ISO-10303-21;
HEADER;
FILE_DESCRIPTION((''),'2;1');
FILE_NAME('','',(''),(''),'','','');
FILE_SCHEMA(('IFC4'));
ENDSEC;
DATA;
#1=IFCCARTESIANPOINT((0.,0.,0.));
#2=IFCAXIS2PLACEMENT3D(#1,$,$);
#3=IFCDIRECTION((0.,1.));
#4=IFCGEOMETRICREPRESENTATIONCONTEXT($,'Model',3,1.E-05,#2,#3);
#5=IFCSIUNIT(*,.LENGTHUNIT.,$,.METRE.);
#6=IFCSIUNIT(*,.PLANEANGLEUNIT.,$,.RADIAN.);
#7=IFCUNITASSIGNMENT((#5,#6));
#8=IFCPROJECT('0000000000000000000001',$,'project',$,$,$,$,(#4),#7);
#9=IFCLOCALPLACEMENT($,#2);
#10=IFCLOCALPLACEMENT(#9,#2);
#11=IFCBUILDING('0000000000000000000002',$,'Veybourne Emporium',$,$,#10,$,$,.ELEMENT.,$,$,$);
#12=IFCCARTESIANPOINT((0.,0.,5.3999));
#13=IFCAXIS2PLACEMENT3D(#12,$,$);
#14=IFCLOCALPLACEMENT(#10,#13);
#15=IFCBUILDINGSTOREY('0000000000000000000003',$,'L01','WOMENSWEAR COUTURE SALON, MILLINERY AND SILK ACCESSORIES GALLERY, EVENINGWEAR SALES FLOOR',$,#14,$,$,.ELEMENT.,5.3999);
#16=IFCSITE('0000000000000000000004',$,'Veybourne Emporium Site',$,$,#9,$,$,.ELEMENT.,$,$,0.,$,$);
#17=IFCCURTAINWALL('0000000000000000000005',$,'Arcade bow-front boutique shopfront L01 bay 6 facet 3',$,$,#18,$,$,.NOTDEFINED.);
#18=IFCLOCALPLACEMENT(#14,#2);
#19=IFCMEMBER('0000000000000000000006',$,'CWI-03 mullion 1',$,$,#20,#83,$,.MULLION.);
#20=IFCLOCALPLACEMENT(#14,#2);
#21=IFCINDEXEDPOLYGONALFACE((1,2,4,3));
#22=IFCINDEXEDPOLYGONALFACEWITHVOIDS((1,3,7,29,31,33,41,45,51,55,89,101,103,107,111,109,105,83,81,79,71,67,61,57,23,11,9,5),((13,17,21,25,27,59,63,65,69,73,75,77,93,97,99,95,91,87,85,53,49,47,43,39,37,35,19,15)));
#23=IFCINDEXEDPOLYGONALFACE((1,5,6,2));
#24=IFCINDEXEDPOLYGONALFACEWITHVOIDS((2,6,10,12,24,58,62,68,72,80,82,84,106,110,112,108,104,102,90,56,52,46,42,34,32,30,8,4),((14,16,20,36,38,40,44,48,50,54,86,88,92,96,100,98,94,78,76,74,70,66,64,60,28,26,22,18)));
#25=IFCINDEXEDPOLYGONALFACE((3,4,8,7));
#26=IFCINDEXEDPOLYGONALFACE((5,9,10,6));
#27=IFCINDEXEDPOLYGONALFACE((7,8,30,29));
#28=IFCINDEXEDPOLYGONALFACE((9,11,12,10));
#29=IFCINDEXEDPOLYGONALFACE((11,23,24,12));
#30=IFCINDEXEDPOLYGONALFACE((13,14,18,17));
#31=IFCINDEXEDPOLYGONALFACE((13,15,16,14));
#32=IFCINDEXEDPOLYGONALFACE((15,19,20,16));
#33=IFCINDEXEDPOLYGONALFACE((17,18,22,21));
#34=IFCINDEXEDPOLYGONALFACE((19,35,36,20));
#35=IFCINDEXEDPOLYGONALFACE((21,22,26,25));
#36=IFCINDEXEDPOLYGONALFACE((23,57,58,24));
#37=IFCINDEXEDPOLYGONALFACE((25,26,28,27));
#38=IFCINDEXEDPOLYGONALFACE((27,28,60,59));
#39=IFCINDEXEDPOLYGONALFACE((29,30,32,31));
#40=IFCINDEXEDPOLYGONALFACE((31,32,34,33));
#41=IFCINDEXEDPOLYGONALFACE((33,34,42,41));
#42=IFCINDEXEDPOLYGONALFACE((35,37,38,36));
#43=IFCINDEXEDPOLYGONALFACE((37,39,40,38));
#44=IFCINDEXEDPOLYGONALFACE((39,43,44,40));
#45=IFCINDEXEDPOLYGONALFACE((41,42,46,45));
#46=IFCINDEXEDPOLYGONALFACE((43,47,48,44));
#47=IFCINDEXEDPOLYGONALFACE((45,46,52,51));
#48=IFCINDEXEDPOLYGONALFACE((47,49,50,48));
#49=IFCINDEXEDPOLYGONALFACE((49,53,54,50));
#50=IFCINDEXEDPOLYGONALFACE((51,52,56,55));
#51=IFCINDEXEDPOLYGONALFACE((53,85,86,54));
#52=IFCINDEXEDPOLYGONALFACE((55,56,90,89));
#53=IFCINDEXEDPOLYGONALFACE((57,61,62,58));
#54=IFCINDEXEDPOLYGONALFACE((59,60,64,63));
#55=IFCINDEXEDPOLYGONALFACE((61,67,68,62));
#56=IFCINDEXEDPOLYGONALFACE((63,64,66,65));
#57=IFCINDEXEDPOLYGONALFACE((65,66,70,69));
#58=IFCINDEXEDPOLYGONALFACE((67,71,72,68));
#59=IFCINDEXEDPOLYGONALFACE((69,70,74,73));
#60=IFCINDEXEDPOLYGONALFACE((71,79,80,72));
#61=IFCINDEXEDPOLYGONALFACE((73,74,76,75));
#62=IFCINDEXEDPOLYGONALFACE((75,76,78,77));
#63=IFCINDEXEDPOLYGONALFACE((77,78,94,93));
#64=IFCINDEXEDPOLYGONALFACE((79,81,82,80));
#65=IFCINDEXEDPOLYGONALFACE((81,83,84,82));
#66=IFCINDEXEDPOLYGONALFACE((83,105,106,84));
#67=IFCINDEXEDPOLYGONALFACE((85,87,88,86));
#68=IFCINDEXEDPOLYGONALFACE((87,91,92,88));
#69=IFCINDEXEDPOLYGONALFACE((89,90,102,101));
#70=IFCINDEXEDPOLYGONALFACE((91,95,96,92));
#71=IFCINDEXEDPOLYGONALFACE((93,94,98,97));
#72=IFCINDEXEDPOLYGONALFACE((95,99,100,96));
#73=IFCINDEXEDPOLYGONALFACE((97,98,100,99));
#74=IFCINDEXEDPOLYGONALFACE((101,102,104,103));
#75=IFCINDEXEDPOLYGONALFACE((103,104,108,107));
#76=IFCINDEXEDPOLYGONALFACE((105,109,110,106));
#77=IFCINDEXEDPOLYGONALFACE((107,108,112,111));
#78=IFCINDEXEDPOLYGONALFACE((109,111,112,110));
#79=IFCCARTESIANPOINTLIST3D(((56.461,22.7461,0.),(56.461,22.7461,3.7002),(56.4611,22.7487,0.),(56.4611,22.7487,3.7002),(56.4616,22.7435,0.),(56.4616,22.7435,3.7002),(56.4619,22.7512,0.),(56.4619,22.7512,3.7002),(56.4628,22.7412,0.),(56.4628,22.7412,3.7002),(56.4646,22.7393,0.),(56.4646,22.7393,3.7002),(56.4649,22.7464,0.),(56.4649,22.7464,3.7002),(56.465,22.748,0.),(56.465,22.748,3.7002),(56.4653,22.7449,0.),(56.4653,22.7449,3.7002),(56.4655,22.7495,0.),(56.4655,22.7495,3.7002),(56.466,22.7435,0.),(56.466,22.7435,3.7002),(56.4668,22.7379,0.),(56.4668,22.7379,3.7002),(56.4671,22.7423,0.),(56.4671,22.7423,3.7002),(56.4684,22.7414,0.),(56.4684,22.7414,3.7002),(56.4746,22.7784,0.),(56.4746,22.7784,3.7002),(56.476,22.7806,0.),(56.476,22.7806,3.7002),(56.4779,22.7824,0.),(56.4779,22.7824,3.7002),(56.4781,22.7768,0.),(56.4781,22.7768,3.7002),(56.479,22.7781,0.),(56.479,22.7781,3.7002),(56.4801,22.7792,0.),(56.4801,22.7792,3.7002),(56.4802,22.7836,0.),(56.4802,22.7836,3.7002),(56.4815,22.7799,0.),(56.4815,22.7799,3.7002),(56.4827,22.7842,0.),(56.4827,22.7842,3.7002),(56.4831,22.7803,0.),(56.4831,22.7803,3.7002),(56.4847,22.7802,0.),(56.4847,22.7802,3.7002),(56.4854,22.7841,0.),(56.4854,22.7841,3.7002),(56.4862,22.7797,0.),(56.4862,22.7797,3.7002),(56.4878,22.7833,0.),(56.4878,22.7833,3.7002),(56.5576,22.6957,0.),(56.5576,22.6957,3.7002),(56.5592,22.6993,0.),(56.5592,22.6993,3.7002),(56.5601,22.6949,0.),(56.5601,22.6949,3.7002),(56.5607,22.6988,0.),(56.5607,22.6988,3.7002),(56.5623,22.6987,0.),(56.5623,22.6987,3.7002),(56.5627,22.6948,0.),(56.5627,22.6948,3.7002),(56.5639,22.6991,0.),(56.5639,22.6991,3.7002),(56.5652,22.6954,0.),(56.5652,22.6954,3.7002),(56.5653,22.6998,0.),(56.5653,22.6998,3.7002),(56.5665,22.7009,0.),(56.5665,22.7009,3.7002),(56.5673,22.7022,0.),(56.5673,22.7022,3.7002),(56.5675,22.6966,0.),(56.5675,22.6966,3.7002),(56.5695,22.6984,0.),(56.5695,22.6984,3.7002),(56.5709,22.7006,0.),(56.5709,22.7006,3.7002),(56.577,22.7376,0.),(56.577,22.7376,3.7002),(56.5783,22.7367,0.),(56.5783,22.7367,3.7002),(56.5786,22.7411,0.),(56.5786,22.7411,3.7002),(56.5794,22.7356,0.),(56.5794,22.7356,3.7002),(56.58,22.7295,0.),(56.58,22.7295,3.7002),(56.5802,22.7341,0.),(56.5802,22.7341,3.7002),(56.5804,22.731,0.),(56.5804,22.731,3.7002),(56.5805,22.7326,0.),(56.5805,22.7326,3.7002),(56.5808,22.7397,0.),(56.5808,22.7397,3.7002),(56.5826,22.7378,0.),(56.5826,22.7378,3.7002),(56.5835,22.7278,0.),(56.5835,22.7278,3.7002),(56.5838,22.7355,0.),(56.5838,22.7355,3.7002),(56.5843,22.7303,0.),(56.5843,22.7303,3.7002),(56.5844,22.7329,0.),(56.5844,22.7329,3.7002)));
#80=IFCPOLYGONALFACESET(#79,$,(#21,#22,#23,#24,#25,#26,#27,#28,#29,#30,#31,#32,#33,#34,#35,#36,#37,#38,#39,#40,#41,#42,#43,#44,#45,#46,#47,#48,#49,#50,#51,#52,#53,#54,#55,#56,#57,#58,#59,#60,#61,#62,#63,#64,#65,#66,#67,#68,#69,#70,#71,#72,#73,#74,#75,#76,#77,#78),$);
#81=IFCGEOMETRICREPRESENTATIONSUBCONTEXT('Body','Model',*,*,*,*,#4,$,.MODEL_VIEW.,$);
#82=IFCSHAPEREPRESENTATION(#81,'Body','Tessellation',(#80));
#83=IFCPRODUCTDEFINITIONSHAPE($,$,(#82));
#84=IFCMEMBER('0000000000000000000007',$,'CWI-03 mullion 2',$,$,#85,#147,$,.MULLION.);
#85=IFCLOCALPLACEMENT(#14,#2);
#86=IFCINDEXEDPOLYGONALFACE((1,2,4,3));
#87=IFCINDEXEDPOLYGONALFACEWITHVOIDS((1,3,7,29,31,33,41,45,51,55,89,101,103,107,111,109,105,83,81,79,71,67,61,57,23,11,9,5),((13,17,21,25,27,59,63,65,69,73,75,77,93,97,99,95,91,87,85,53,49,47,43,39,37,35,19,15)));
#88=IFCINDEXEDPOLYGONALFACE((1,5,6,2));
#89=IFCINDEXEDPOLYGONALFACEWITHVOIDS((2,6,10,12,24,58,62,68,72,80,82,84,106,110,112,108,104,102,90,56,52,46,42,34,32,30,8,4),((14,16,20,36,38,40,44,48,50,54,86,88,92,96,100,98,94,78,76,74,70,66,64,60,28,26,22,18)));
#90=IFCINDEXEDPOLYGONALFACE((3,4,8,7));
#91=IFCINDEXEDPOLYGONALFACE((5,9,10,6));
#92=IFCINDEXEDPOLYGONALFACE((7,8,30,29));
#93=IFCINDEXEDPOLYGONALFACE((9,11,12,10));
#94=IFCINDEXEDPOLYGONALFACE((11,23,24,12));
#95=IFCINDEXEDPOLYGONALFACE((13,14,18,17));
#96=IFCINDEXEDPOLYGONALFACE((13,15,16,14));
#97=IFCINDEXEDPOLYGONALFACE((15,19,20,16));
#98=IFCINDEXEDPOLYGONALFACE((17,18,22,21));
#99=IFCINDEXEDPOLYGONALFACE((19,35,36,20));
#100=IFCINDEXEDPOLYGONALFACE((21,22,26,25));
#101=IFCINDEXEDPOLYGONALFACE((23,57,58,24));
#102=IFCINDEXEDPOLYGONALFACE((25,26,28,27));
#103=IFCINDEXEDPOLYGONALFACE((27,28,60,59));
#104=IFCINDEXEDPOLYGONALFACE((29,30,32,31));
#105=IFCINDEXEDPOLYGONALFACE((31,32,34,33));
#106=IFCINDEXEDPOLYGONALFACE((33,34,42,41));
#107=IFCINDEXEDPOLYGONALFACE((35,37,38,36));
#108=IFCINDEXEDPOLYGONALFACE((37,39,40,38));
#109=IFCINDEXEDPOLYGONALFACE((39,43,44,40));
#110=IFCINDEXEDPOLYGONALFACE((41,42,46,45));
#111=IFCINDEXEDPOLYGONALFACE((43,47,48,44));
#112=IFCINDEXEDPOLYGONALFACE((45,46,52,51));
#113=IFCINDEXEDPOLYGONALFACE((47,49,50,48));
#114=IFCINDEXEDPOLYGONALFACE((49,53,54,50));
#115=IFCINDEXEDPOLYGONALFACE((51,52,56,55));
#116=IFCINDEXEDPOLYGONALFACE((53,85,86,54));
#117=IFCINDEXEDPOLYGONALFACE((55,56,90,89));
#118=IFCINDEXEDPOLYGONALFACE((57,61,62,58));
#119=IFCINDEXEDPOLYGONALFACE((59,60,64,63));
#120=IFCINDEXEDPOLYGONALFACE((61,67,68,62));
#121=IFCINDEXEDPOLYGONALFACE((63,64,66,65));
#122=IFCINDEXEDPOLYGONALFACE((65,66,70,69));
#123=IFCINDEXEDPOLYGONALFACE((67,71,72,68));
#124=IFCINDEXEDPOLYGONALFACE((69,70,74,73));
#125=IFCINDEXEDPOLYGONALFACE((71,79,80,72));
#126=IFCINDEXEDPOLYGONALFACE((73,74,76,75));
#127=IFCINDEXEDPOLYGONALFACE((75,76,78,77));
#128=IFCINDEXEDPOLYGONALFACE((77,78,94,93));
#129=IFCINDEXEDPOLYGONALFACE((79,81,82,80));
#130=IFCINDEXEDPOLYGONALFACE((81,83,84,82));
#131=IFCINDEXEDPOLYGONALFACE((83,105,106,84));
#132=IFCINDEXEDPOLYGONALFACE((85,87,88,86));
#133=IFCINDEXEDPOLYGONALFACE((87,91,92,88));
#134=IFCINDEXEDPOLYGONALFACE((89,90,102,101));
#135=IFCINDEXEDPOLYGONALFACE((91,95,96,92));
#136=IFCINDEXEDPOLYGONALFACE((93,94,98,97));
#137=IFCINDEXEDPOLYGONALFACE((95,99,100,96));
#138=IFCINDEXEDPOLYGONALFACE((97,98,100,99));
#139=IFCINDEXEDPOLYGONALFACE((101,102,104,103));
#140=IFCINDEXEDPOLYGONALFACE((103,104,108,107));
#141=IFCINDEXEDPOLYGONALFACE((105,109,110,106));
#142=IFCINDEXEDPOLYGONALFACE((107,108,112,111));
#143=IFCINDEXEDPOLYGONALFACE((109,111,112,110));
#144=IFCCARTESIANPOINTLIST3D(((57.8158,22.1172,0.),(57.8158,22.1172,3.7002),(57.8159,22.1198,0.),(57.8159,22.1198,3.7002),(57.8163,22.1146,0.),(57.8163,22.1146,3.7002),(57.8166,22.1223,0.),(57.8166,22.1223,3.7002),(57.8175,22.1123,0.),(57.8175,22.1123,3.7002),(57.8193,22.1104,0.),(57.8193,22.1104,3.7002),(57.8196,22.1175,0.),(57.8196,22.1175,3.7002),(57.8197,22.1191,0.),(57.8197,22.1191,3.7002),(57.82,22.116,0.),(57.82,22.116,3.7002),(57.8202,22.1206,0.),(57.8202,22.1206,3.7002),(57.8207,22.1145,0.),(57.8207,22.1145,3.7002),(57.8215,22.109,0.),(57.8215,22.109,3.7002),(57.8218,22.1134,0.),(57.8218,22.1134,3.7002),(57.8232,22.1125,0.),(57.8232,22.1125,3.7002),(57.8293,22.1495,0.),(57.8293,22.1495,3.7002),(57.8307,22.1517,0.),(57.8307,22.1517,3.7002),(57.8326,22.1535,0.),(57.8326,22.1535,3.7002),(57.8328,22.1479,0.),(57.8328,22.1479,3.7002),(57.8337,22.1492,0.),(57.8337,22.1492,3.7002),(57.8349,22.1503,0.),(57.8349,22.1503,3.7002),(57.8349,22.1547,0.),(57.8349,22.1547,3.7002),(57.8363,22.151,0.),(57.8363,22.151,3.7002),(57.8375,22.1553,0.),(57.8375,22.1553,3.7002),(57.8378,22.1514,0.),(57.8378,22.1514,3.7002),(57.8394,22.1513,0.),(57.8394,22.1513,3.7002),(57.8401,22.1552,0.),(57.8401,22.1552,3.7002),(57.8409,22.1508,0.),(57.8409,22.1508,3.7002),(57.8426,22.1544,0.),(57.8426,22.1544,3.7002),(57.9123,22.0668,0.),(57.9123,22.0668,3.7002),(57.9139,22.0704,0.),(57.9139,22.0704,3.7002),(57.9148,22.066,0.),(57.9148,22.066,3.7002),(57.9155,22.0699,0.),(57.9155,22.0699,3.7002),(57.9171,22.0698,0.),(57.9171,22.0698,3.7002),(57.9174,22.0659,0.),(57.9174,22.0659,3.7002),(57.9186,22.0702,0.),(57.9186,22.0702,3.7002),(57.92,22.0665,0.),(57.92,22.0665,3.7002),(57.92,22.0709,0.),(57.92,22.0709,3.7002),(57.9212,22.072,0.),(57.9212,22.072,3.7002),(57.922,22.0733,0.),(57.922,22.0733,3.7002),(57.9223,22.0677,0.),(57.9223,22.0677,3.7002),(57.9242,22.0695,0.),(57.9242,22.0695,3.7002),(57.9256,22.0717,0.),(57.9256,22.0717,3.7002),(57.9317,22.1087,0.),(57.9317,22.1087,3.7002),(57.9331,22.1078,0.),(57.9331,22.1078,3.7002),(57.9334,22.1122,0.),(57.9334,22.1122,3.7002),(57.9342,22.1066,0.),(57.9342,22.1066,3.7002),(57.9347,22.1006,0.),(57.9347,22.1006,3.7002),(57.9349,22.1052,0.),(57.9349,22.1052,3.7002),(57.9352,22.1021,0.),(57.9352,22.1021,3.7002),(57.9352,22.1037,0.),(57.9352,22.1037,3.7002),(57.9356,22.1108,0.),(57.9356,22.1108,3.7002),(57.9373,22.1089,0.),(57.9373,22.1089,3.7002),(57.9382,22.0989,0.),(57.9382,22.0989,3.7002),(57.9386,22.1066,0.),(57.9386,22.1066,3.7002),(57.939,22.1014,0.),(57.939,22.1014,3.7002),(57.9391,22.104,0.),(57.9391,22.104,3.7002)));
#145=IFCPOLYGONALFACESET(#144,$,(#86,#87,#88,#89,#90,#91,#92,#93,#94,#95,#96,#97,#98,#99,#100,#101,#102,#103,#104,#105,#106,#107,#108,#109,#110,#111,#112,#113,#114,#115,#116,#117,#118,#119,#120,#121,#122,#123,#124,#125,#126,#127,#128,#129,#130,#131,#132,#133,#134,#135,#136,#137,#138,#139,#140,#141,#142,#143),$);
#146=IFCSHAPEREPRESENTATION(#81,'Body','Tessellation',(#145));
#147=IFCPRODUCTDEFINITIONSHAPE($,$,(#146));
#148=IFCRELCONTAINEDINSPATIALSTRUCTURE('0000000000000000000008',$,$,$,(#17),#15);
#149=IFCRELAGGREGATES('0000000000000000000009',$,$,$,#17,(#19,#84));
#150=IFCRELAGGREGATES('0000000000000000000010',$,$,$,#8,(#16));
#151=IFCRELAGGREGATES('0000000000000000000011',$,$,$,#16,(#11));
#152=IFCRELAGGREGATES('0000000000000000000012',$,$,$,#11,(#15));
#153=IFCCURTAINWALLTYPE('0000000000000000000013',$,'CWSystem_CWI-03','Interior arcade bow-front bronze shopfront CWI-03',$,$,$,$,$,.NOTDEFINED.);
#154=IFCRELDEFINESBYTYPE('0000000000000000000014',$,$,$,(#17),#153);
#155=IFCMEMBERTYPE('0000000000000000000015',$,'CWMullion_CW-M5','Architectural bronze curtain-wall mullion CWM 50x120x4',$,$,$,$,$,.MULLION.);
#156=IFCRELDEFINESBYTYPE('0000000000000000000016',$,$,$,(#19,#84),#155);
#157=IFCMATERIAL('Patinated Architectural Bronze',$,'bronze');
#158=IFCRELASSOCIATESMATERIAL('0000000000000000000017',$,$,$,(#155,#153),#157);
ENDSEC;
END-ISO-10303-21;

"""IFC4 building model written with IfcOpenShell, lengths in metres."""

from ifc_helpers import new_model, si_unit, direction, frame, origin, origin_2d, place, context, subcontext, project, spatial, hollow_rectangle, extrude, material, material_profile, profile_set, type_object, element, aggregate, save


model = new_model("IFC4")

# Units and contexts
model_context = context("Model", 3, precision=1e-05, world=origin(), true_north=direction((0.0, 1.0)))
body_context = subcontext(model_context, "Body", "Model", "MODEL_VIEW")
ifc_project = project(units=[si_unit("LENGTHUNIT", "METRE"), si_unit("PLANEANGLEUNIT", "RADIAN")], contexts=[model_context])

# Site, building, storey
site_placement = place(None, origin())
site = spatial("IfcSite", under=ifc_project, at=site_placement, Name="Veybourne Emporium Site", CompositionType="ELEMENT", RefElevation=0.0)
building_placement = place(site_placement, origin())
building = spatial("IfcBuilding", under=site, at=building_placement, Name="Veybourne Emporium", CompositionType="ELEMENT")
storey_placement = place(building_placement, frame((0.0, 0.0, 5.3999)))
storey = spatial("IfcBuildingStorey", under=building, at=storey_placement, Name="L01", Description="WOMENSWEAR COUTURE SALON, MILLINERY AND SILK ACCESSORIES GALLERY, EVENINGWEAR SALES FLOOR", CompositionType="ELEMENT", Elevation=5.3999)

# Curtain wall, members
ifc_material_1 = material(Name="Patinated Architectural Bronze", Category="bronze")
ifc_material_profile_1 = material_profile(ifc_material_1, hollow_rectangle(XDim=0.05, YDim=0.1201, WallThickness=0.0039, InnerFilletRadius=0.0061, OuterFilletRadius=0.01, at=origin_2d()), Name="CWM 50x120x4")
ifc_profile_set_1 = profile_set([ifc_material_profile_1], Name="Patinated Architectural Bronze")
member_type_1 = type_object("IfcMemberType", Name="CWMullion_CW-M5", Description="Architectural bronze curtain-wall mullion CWM 50x120x4", PredefinedType="MULLION", material=ifc_profile_set_1)
curtain_wall_type_1 = type_object("IfcCurtainWallType", Name="CWSystem_CWI-03", Description="Interior arcade bow-front bronze shopfront CWI-03", PredefinedType="NOTDEFINED", material=ifc_material_1)
curtain_wall_1_placement = place(storey_placement, origin())
curtain_wall_1 = element("IfcCurtainWall", 1, at=curtain_wall_1_placement, inside=storey, type_object=curtain_wall_type_1, Name="Arcade bow-front boutique shopfront L01 bay 6 facet 3", PredefinedType="NOTDEFINED")
member_1_placement = place(storey_placement, frame((56.5227, 22.7395, 0.0), z_axis=(0.0, 0.0, 1.0), x_axis=(0.421111, 0.907009, 0.0)))
member_1 = element("IfcMember", 2, at=member_1_placement, type_object=member_type_1, Name="CWI-03 mullion 1", PredefinedType="MULLION", context=body_context, shape_type="SweptSolid", body=[
    extrude(hollow_rectangle(XDim=0.05, YDim=0.1201, WallThickness=0.0039, InnerFilletRadius=0.0061, OuterFilletRadius=0.01, at=origin_2d()), origin(), (0.0, 0.0, 1.0), 3.7002),
])
member_2_placement = place(storey_placement, frame((57.8774, 22.1106, 0.0), z_axis=(0.0, 0.0, 1.0), x_axis=(0.421111, 0.907009, 0.0)))
member_2 = element("IfcMember", 3, at=member_2_placement, type_object=member_type_1, Name="CWI-03 mullion 2", PredefinedType="MULLION", context=body_context, shape_type="SweptSolid", body=[
    extrude(hollow_rectangle(XDim=0.05, YDim=0.1201, WallThickness=0.0039, InnerFilletRadius=0.0061, OuterFilletRadius=0.01, at=origin_2d()), origin(), (0.0, 0.0, 1.0), 3.7002),
])

aggregate(curtain_wall_1, [member_1, member_2])

save(model, "model.ifc")
